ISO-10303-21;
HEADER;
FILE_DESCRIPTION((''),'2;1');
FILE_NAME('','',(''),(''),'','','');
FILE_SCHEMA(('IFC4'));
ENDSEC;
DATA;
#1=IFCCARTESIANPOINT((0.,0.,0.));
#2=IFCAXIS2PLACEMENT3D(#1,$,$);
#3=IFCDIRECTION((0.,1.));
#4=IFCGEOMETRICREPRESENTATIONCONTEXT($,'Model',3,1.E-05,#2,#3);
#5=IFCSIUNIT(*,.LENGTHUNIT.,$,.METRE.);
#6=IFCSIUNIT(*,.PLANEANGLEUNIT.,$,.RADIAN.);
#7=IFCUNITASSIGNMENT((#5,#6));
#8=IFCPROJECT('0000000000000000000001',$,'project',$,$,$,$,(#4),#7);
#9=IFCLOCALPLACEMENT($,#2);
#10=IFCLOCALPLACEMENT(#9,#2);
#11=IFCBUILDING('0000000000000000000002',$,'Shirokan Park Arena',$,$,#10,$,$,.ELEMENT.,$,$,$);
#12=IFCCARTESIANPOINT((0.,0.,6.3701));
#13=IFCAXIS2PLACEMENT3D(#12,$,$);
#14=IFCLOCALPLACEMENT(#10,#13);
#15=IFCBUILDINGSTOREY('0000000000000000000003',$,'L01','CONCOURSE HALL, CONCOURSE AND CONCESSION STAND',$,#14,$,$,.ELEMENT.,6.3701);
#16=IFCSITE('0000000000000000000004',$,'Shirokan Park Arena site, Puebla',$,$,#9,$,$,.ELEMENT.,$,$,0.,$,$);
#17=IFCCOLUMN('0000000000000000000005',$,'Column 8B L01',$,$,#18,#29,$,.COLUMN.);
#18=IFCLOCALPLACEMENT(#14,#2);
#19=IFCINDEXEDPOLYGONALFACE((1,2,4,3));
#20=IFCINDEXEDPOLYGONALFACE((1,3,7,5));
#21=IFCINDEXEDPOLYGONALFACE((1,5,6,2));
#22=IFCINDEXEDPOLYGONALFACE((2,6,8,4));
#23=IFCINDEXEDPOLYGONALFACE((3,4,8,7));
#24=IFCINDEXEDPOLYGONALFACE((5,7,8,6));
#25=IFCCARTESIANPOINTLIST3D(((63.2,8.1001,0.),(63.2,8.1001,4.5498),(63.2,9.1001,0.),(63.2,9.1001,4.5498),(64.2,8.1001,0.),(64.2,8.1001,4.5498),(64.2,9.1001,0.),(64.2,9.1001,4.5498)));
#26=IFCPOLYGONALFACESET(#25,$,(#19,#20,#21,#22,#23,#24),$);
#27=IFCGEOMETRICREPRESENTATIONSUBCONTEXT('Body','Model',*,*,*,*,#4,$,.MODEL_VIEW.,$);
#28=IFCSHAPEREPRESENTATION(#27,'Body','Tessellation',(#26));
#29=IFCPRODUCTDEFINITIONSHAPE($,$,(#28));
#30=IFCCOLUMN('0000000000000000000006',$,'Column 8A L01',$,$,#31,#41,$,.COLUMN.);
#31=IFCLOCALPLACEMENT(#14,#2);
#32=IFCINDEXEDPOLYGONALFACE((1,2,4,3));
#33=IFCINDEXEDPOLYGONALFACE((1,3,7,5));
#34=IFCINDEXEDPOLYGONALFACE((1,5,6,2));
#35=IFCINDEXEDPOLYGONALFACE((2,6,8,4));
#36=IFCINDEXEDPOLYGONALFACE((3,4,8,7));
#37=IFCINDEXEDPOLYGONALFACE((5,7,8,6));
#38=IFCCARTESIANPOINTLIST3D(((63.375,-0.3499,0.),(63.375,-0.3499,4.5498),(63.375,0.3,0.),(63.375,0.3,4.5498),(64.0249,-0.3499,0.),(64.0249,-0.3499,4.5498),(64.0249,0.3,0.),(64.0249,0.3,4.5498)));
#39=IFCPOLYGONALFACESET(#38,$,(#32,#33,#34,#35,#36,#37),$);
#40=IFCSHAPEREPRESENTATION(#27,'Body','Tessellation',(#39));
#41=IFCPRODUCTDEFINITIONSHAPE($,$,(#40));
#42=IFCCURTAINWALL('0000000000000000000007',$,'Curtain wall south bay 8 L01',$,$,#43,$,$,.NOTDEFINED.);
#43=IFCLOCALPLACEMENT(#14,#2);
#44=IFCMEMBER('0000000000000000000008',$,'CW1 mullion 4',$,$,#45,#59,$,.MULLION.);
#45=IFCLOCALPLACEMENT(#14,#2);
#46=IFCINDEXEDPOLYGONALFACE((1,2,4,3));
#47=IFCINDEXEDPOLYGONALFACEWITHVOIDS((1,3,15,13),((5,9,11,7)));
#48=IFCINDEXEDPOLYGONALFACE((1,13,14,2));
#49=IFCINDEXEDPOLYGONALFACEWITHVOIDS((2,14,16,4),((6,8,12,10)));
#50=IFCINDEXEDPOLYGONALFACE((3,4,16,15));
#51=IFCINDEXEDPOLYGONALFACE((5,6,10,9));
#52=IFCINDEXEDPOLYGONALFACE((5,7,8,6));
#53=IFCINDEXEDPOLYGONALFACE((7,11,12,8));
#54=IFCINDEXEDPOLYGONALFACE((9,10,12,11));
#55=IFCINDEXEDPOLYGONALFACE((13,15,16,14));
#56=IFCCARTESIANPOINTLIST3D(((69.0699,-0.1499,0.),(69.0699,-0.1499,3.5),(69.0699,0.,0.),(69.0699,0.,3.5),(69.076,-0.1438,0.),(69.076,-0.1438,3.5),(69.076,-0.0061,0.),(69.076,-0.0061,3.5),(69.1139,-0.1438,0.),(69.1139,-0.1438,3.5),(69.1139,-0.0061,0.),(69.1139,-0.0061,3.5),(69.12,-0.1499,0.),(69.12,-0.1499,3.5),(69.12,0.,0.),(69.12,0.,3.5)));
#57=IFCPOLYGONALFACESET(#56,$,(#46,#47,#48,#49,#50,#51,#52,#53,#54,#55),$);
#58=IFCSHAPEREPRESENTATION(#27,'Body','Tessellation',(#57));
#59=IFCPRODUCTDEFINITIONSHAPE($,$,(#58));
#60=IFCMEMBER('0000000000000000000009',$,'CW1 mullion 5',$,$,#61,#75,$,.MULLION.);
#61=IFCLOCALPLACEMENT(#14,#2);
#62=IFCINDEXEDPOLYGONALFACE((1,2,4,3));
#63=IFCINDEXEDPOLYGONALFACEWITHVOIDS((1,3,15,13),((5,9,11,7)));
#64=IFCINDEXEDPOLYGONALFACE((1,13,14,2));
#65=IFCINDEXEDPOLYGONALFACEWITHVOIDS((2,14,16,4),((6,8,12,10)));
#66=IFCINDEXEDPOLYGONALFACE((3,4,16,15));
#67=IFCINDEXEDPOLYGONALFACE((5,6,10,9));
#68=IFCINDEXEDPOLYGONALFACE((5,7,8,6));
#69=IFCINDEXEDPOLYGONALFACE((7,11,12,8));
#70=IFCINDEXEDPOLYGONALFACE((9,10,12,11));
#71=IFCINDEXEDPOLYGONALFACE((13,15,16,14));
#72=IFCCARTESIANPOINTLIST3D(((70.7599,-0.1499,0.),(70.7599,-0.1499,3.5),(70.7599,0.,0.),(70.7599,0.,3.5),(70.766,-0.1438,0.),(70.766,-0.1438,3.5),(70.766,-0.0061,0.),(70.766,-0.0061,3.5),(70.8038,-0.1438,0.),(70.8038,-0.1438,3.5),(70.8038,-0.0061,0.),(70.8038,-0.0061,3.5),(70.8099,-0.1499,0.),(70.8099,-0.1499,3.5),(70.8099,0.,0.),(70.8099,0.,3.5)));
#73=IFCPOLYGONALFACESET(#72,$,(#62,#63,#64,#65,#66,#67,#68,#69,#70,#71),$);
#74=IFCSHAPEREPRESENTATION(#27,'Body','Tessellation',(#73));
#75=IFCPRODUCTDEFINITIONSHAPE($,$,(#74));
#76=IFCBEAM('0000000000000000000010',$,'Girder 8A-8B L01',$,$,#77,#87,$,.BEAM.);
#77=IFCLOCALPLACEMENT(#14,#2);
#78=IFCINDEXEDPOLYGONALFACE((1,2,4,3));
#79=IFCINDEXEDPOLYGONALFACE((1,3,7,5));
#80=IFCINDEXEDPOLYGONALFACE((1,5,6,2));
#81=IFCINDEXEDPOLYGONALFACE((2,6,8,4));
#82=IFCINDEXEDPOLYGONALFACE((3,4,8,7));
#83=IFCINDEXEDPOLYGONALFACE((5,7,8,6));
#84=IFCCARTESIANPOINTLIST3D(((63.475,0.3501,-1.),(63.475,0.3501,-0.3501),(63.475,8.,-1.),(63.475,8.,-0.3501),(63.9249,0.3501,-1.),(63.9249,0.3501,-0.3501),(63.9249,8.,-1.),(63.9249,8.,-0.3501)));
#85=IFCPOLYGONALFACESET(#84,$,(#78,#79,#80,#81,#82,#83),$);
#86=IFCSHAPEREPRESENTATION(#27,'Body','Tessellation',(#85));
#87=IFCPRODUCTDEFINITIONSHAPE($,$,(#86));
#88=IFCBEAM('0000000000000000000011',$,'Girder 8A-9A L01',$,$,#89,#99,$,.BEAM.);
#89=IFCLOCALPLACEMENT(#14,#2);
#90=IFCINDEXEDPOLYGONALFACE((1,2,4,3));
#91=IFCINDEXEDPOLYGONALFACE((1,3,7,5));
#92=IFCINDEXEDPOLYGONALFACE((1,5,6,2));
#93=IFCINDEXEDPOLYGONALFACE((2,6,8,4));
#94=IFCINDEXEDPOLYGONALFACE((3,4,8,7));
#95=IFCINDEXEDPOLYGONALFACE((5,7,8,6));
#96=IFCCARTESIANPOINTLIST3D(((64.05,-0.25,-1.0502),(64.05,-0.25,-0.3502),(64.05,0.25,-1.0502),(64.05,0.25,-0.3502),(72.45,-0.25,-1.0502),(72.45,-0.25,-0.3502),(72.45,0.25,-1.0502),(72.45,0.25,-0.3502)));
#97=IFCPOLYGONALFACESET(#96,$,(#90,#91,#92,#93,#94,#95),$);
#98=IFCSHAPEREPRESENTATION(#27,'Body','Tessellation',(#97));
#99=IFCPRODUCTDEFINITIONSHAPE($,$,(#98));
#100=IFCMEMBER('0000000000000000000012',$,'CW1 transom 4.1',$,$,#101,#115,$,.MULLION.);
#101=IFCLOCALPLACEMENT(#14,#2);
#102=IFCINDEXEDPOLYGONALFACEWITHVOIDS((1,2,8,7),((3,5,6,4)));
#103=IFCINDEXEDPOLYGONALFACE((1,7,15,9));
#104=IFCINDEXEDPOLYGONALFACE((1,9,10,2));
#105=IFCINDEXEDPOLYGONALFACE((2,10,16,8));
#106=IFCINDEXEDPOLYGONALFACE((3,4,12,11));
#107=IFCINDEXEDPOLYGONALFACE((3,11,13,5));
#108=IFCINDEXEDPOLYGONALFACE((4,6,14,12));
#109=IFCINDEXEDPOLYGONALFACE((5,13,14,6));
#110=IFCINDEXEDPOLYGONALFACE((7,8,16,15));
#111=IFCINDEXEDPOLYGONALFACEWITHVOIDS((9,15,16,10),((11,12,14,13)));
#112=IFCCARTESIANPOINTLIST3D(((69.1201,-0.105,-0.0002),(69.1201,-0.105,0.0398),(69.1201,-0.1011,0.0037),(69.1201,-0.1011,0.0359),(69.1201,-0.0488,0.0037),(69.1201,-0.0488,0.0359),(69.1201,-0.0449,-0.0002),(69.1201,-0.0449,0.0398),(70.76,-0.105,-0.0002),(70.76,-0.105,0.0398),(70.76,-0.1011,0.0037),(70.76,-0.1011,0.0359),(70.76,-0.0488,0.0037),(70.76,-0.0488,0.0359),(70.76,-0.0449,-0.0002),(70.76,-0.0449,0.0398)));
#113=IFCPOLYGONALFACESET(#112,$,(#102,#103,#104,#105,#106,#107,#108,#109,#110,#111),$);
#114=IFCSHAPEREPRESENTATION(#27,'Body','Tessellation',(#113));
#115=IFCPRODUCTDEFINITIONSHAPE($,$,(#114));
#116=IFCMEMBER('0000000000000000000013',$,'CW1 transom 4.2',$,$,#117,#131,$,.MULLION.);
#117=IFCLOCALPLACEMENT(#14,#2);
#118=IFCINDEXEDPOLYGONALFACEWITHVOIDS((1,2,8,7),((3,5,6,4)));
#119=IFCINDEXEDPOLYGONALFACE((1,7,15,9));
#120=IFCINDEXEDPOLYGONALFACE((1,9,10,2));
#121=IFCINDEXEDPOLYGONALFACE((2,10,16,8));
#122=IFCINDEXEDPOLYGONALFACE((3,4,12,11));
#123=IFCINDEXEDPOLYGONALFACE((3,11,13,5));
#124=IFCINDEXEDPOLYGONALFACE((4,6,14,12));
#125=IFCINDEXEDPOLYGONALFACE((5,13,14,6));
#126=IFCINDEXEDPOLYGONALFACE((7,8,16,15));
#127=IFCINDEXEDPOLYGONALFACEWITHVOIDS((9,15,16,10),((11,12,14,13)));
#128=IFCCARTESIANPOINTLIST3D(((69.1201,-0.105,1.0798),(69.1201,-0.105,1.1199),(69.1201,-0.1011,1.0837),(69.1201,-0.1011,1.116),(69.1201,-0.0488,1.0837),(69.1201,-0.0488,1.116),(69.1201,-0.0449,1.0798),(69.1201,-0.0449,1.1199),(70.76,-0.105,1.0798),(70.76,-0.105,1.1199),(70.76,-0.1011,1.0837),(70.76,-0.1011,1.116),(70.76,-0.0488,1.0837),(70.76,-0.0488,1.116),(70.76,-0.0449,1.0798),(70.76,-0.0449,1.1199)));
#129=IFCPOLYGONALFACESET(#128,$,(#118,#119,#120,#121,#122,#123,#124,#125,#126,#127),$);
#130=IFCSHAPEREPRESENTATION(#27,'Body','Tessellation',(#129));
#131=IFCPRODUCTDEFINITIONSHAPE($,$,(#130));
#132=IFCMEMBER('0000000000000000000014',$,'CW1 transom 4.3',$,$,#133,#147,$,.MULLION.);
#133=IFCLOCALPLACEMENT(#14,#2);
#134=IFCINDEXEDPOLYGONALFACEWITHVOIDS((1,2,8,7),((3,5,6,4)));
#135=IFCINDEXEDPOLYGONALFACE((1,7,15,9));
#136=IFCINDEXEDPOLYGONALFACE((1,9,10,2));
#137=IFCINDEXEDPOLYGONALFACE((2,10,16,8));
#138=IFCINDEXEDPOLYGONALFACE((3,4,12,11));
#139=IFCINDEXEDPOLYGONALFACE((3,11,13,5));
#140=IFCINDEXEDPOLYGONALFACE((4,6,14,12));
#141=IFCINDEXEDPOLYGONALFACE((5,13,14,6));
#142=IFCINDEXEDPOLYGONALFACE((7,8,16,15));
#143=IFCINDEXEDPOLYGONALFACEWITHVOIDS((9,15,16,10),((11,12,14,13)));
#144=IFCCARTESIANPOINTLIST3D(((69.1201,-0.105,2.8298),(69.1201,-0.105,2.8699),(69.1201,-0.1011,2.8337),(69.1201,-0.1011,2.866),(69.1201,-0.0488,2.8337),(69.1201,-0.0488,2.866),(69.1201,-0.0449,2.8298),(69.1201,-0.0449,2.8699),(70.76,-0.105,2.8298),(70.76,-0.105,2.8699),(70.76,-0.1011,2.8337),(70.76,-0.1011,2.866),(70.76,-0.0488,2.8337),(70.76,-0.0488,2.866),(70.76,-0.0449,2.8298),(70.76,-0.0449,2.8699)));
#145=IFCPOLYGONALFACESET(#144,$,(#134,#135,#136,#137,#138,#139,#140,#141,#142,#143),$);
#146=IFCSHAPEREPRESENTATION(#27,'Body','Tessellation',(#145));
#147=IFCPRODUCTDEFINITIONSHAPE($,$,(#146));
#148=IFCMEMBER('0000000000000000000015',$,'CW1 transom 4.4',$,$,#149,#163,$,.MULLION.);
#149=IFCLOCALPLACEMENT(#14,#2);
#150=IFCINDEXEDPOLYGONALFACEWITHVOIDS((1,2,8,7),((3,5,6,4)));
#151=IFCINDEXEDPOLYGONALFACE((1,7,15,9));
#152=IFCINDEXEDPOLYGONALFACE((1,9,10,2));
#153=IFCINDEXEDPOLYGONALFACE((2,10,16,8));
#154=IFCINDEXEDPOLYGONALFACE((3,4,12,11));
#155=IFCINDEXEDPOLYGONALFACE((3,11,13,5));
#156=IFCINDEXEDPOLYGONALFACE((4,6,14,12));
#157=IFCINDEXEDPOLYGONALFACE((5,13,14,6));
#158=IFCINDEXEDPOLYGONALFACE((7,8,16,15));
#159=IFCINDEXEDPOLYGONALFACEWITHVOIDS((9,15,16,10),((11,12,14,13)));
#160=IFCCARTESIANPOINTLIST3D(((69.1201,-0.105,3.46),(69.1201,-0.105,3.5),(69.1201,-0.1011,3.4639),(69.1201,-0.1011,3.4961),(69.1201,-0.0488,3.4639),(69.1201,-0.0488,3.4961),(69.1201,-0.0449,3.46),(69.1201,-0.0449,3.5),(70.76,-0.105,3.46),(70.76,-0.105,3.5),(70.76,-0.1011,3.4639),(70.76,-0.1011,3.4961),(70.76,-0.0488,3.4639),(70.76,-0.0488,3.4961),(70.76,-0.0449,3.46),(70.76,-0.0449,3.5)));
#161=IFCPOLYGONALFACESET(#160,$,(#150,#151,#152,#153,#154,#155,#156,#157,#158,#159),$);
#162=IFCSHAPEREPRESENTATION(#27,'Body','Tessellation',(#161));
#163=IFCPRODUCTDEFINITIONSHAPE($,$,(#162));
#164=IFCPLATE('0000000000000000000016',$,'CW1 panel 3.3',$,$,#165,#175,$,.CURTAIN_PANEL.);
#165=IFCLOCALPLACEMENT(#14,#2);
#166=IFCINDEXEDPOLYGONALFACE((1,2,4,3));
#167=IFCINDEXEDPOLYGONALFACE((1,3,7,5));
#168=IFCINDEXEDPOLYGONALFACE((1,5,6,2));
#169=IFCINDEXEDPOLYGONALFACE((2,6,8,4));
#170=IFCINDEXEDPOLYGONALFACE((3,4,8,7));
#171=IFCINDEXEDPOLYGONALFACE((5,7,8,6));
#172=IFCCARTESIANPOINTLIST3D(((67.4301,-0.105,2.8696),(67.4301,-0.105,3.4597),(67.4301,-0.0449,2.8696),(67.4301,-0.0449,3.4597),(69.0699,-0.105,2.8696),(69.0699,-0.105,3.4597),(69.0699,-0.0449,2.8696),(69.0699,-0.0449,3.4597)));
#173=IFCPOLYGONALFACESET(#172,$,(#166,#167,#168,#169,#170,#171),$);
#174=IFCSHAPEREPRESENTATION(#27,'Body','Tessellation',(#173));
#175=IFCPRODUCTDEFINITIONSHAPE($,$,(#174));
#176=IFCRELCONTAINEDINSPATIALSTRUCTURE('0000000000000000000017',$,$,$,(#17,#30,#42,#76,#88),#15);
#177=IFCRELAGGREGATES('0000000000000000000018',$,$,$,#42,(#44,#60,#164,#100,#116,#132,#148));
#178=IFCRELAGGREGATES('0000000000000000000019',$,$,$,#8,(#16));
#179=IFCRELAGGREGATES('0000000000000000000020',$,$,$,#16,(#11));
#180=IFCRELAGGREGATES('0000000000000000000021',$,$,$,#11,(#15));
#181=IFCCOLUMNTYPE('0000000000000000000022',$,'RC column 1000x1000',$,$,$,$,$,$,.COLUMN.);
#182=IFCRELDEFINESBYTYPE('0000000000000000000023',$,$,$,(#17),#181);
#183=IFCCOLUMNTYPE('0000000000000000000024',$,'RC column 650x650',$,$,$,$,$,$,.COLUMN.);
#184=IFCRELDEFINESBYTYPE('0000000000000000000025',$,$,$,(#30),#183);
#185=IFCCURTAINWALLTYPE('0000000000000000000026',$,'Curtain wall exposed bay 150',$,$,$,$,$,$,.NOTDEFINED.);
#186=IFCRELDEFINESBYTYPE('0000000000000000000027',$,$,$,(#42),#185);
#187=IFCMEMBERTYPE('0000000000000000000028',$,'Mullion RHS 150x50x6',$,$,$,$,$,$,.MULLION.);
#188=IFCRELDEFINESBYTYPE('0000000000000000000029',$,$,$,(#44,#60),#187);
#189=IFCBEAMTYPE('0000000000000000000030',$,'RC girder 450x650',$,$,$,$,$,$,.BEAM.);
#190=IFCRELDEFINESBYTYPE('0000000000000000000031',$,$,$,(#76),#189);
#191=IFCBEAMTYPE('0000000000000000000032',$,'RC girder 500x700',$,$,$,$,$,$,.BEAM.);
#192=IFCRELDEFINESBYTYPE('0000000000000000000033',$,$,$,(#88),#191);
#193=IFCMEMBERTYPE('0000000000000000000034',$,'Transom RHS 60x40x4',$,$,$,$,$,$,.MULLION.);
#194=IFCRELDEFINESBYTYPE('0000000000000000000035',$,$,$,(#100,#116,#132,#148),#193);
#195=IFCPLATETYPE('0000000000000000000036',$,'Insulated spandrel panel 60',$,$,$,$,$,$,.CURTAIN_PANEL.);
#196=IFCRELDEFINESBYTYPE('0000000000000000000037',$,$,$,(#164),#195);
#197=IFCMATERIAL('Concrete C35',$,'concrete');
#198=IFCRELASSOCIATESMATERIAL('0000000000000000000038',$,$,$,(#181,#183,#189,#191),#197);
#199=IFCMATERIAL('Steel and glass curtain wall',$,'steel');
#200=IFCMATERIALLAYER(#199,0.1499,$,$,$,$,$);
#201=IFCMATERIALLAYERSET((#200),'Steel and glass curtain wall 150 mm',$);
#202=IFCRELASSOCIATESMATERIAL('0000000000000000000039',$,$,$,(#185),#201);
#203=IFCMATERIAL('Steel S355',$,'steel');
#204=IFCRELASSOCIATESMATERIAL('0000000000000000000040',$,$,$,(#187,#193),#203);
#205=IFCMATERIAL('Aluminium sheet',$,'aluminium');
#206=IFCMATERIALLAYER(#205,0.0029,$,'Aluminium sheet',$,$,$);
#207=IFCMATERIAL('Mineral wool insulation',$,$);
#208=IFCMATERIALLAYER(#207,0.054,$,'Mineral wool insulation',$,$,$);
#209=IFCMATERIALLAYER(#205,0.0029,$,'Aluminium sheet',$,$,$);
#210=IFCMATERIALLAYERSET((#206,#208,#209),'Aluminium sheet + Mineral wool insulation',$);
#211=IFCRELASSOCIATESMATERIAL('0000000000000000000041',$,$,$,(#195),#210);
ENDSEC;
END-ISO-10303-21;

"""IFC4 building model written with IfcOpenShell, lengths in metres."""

from ifc_helpers import new_model, si_unit, direction, frame, origin, origin_2d, place, context, subcontext, project, spatial, rectangle, hollow_rectangle, extrude, material, layer, layer_set, material_profile, profile_set, type_object, element, aggregate, save


model = new_model("IFC4")

# Units and contexts
model_context = context("Model", 3, precision=1e-05, world=origin(), true_north=direction((0.0, 1.0)))
body_context = subcontext(model_context, "Body", "Model", "MODEL_VIEW")
ifc_project = project(units=[si_unit("LENGTHUNIT", "METRE"), si_unit("PLANEANGLEUNIT", "RADIAN")], contexts=[model_context])

# Site, building, storey
site_placement = place(None, origin())
site = spatial("IfcSite", under=ifc_project, at=site_placement, Name="Shirokan Park Arena site, Puebla", CompositionType="ELEMENT", RefElevation=0.0)
building_placement = place(site_placement, origin())
building = spatial("IfcBuilding", under=site, at=building_placement, Name="Shirokan Park Arena", CompositionType="ELEMENT")
storey_placement = place(building_placement, frame((0.0, 0.0, 6.3701)))
storey = spatial("IfcBuildingStorey", under=building, at=storey_placement, Name="L01", Description="CONCOURSE HALL, CONCOURSE AND CONCESSION STAND", CompositionType="ELEMENT", Elevation=6.3701)

# Columns
ifc_material_1 = material(Name="Concrete C35", Category="concrete")
ifc_material_profile_1 = material_profile(ifc_material_1, rectangle(XDim=1.0, YDim=1.0, at=origin_2d()), Name="1000x1000")
ifc_profile_set_1 = profile_set([ifc_material_profile_1], Name="Concrete C35")
column_type_1 = type_object("IfcColumnType", Name="RC column 1000x1000", PredefinedType="COLUMN", material=ifc_profile_set_1)
column_1_placement = place(storey_placement, frame((63.7, 8.6001, 0.0), z_axis=(0.0, 0.0, 1.0), x_axis=(1.0, 0.0, 0.0)))
element("IfcColumn", 1, at=column_1_placement, inside=storey, type_object=column_type_1, Name="Column 8B L01", PredefinedType="COLUMN", context=body_context, shape_type="SweptSolid", body=[
    extrude(rectangle(XDim=1.0, YDim=1.0, at=origin_2d()), origin(), (0.0, 0.0, 1.0), 4.5498),
])
ifc_material_profile_2 = material_profile(ifc_material_1, rectangle(XDim=0.6499, YDim=0.6499, at=origin_2d()), Name="650x650")
ifc_profile_set_2 = profile_set([ifc_material_profile_2], Name="Concrete C35")
column_type_2 = type_object("IfcColumnType", Name="RC column 650x650", PredefinedType="COLUMN", material=ifc_profile_set_2)
column_2_placement = place(storey_placement, frame((63.7, -0.0249, 0.0), z_axis=(0.0, 0.0, 1.0), x_axis=(1.0, 0.0, 0.0)))
element("IfcColumn", 2, at=column_2_placement, inside=storey, type_object=column_type_2, Name="Column 8A L01", PredefinedType="COLUMN", context=body_context, shape_type="SweptSolid", body=[
    extrude(rectangle(XDim=0.6499, YDim=0.6499, at=origin_2d()), origin(), (0.0, 0.0, 1.0), 4.5498),
])

# Curtain wall, members
ifc_material_2 = material(Name="Steel and glass curtain wall", Category="steel")
ifc_layer_1 = layer(ifc_material_2, 0.1499)
ifc_layer_set_1 = layer_set([ifc_layer_1], Name="Steel and glass curtain wall 150 mm")
curtain_wall_type = type_object("IfcCurtainWallType", Name="Curtain wall exposed bay 150", PredefinedType="NOTDEFINED", material=ifc_layer_set_1)
curtain_wall_placement = place(storey_placement, origin())
curtain_wall = element("IfcCurtainWall", 3, at=curtain_wall_placement, inside=storey, type_object=curtain_wall_type, Name="Curtain wall south bay 8 L01", PredefinedType="NOTDEFINED")
ifc_material_3 = material(Name="Steel S355", Category="steel")
ifc_material_profile_3 = material_profile(ifc_material_3, hollow_rectangle(XDim=0.1499, YDim=0.05, WallThickness=0.0061, at=origin_2d()), Name="RHS 150x50x6")
ifc_profile_set_3 = profile_set([ifc_material_profile_3], Name="Steel S355")
member_type_1 = type_object("IfcMemberType", Name="Mullion RHS 150x50x6", PredefinedType="MULLION", material=ifc_profile_set_3)
member_1_placement = place(storey_placement, frame((69.095, -0.075, 0.0), z_axis=(0.0, 0.0, 1.0), x_axis=(0.0, 1.0, 0.0)))
member_1 = element("IfcMember", 4, at=member_1_placement, type_object=member_type_1, Name="CW1 mullion 4", PredefinedType="MULLION", context=body_context, shape_type="SweptSolid", body=[
    extrude(hollow_rectangle(XDim=0.1499, YDim=0.05, WallThickness=0.0061, at=origin_2d()), origin(), (0.0, 0.0, 1.0), 3.5),
])
member_2_placement = place(storey_placement, frame((70.7849, -0.075, 0.0), z_axis=(0.0, 0.0, 1.0), x_axis=(0.0, 1.0, 0.0)))
member_2 = element("IfcMember", 5, at=member_2_placement, type_object=member_type_1, Name="CW1 mullion 5", PredefinedType="MULLION", context=body_context, shape_type="SweptSolid", body=[
    extrude(hollow_rectangle(XDim=0.1499, YDim=0.05, WallThickness=0.0061, at=origin_2d()), origin(), (0.0, 0.0, 1.0), 3.5),
])

# Beams
ifc_material_profile_4 = material_profile(ifc_material_1, rectangle(XDim=0.45, YDim=0.6499, at=origin_2d()), Name="450x650")
ifc_profile_set_4 = profile_set([ifc_material_profile_4], Name="Concrete C35")
beam_type_1 = type_object("IfcBeamType", Name="RC girder 450x650", PredefinedType="BEAM", material=ifc_profile_set_4)
beam_1_placement = place(storey_placement, frame((63.7, 0.3501, -0.675), z_axis=(0.0, 1.0, 0.0), x_axis=(-1.0, 0.0, 0.0)))
element("IfcBeam", 6, at=beam_1_placement, inside=storey, type_object=beam_type_1, Name="Girder 8A-8B L01", PredefinedType="BEAM", context=body_context, shape_type="SweptSolid", body=[
    extrude(rectangle(XDim=0.45, YDim=0.6499, at=origin_2d()), origin(), (0.0, 0.0, 1.0), 7.6499),
])
ifc_material_profile_5 = material_profile(ifc_material_1, rectangle(XDim=0.5, YDim=0.7, at=origin_2d()), Name="500x700")
ifc_profile_set_5 = profile_set([ifc_material_profile_5], Name="Concrete C35")
beam_type_2 = type_object("IfcBeamType", Name="RC girder 500x700", PredefinedType="BEAM", material=ifc_profile_set_5)
beam_2_placement = place(storey_placement, frame((64.05, 0.0, -0.7002), z_axis=(1.0, 0.0, 0.0), x_axis=(0.0, 1.0, 0.0)))
element("IfcBeam", 7, at=beam_2_placement, inside=storey, type_object=beam_type_2, Name="Girder 8A-9A L01", PredefinedType="BEAM", context=body_context, shape_type="SweptSolid", body=[
    extrude(rectangle(XDim=0.5, YDim=0.7, at=origin_2d()), origin(), (0.0, 0.0, 1.0), 8.3999),
])

# Members
ifc_material_profile_6 = material_profile(ifc_material_3, hollow_rectangle(XDim=0.0601, YDim=0.04, WallThickness=0.0039, at=origin_2d()), Name="RHS 60x40x4")
ifc_profile_set_6 = profile_set([ifc_material_profile_6], Name="Steel S355")
member_type_2 = type_object("IfcMemberType", Name="Transom RHS 60x40x4", PredefinedType="MULLION", material=ifc_profile_set_6)
member_3_placement = place(storey_placement, frame((69.1201, -0.075, 0.0198), z_axis=(1.0, 0.0, 0.0), x_axis=(0.0, 1.0, 0.0)))
member_3 = element("IfcMember", 8, at=member_3_placement, type_object=member_type_2, Name="CW1 transom 4.1", PredefinedType="MULLION", context=body_context, shape_type="SweptSolid", body=[
    extrude(hollow_rectangle(XDim=0.0601, YDim=0.04, WallThickness=0.0039, at=origin_2d()), origin(), (0.0, 0.0, 1.0), 1.6399),
])
member_4_placement = place(storey_placement, frame((69.1201, -0.075, 1.0999), z_axis=(1.0, 0.0, 0.0), x_axis=(0.0, 1.0, 0.0)))
member_4 = element("IfcMember", 9, at=member_4_placement, type_object=member_type_2, Name="CW1 transom 4.2", PredefinedType="MULLION", context=body_context, shape_type="SweptSolid", body=[
    extrude(hollow_rectangle(XDim=0.0601, YDim=0.04, WallThickness=0.0039, at=origin_2d()), origin(), (0.0, 0.0, 1.0), 1.6399),
])
member_5_placement = place(storey_placement, frame((69.1201, -0.075, 2.8499), z_axis=(1.0, 0.0, 0.0), x_axis=(0.0, 1.0, 0.0)))
member_5 = element("IfcMember", 10, at=member_5_placement, type_object=member_type_2, Name="CW1 transom 4.3", PredefinedType="MULLION", context=body_context, shape_type="SweptSolid", body=[
    extrude(hollow_rectangle(XDim=0.0601, YDim=0.04, WallThickness=0.0039, at=origin_2d()), origin(), (0.0, 0.0, 1.0), 1.6399),
])
member_6_placement = place(storey_placement, frame((69.1201, -0.075, 3.48), z_axis=(1.0, 0.0, 0.0), x_axis=(0.0, 1.0, 0.0)))
member_6 = element("IfcMember", 11, at=member_6_placement, type_object=member_type_2, Name="CW1 transom 4.4", PredefinedType="MULLION", context=body_context, shape_type="SweptSolid", body=[
    extrude(hollow_rectangle(XDim=0.0601, YDim=0.04, WallThickness=0.0039, at=origin_2d()), origin(), (0.0, 0.0, 1.0), 1.6399),
])

# Plate
ifc_material_4 = material(Name="Aluminium sheet", Category="aluminium")
ifc_layer_2 = layer(ifc_material_4, 0.0029, Name="Aluminium sheet")
ifc_material_5 = material(Name="Mineral wool insulation")
ifc_layer_3 = layer(ifc_material_5, 0.054, Name="Mineral wool insulation")
ifc_layer_4 = layer(ifc_material_4, 0.0029, Name="Aluminium sheet")
ifc_layer_set_2 = layer_set([ifc_layer_2, ifc_layer_3, ifc_layer_4], Name="Aluminium sheet + Mineral wool insulation")
plate_type_1 = type_object("IfcPlateType", Name="Insulated spandrel panel 60", PredefinedType="CURTAIN_PANEL", material=ifc_layer_set_2)
plate_1_placement = place(storey_placement, frame((68.25, -0.075, 2.8696), z_axis=(0.0, 0.0, 1.0), x_axis=(1.0, 0.0, 0.0)))
plate_1 = element("IfcPlate", 12, at=plate_1_placement, type_object=plate_type_1, Name="CW1 panel 3.3", PredefinedType="CURTAIN_PANEL", context=body_context, shape_type="SweptSolid", body=[
    extrude(rectangle(XDim=1.6399, YDim=0.0601, at=origin_2d()), origin(), (0.0, 0.0, 1.0), 0.5901),
])
aggregate(curtain_wall, [member_1, member_2, plate_1, member_3, member_4, member_5, member_6])

save(model, "model.ifc")
